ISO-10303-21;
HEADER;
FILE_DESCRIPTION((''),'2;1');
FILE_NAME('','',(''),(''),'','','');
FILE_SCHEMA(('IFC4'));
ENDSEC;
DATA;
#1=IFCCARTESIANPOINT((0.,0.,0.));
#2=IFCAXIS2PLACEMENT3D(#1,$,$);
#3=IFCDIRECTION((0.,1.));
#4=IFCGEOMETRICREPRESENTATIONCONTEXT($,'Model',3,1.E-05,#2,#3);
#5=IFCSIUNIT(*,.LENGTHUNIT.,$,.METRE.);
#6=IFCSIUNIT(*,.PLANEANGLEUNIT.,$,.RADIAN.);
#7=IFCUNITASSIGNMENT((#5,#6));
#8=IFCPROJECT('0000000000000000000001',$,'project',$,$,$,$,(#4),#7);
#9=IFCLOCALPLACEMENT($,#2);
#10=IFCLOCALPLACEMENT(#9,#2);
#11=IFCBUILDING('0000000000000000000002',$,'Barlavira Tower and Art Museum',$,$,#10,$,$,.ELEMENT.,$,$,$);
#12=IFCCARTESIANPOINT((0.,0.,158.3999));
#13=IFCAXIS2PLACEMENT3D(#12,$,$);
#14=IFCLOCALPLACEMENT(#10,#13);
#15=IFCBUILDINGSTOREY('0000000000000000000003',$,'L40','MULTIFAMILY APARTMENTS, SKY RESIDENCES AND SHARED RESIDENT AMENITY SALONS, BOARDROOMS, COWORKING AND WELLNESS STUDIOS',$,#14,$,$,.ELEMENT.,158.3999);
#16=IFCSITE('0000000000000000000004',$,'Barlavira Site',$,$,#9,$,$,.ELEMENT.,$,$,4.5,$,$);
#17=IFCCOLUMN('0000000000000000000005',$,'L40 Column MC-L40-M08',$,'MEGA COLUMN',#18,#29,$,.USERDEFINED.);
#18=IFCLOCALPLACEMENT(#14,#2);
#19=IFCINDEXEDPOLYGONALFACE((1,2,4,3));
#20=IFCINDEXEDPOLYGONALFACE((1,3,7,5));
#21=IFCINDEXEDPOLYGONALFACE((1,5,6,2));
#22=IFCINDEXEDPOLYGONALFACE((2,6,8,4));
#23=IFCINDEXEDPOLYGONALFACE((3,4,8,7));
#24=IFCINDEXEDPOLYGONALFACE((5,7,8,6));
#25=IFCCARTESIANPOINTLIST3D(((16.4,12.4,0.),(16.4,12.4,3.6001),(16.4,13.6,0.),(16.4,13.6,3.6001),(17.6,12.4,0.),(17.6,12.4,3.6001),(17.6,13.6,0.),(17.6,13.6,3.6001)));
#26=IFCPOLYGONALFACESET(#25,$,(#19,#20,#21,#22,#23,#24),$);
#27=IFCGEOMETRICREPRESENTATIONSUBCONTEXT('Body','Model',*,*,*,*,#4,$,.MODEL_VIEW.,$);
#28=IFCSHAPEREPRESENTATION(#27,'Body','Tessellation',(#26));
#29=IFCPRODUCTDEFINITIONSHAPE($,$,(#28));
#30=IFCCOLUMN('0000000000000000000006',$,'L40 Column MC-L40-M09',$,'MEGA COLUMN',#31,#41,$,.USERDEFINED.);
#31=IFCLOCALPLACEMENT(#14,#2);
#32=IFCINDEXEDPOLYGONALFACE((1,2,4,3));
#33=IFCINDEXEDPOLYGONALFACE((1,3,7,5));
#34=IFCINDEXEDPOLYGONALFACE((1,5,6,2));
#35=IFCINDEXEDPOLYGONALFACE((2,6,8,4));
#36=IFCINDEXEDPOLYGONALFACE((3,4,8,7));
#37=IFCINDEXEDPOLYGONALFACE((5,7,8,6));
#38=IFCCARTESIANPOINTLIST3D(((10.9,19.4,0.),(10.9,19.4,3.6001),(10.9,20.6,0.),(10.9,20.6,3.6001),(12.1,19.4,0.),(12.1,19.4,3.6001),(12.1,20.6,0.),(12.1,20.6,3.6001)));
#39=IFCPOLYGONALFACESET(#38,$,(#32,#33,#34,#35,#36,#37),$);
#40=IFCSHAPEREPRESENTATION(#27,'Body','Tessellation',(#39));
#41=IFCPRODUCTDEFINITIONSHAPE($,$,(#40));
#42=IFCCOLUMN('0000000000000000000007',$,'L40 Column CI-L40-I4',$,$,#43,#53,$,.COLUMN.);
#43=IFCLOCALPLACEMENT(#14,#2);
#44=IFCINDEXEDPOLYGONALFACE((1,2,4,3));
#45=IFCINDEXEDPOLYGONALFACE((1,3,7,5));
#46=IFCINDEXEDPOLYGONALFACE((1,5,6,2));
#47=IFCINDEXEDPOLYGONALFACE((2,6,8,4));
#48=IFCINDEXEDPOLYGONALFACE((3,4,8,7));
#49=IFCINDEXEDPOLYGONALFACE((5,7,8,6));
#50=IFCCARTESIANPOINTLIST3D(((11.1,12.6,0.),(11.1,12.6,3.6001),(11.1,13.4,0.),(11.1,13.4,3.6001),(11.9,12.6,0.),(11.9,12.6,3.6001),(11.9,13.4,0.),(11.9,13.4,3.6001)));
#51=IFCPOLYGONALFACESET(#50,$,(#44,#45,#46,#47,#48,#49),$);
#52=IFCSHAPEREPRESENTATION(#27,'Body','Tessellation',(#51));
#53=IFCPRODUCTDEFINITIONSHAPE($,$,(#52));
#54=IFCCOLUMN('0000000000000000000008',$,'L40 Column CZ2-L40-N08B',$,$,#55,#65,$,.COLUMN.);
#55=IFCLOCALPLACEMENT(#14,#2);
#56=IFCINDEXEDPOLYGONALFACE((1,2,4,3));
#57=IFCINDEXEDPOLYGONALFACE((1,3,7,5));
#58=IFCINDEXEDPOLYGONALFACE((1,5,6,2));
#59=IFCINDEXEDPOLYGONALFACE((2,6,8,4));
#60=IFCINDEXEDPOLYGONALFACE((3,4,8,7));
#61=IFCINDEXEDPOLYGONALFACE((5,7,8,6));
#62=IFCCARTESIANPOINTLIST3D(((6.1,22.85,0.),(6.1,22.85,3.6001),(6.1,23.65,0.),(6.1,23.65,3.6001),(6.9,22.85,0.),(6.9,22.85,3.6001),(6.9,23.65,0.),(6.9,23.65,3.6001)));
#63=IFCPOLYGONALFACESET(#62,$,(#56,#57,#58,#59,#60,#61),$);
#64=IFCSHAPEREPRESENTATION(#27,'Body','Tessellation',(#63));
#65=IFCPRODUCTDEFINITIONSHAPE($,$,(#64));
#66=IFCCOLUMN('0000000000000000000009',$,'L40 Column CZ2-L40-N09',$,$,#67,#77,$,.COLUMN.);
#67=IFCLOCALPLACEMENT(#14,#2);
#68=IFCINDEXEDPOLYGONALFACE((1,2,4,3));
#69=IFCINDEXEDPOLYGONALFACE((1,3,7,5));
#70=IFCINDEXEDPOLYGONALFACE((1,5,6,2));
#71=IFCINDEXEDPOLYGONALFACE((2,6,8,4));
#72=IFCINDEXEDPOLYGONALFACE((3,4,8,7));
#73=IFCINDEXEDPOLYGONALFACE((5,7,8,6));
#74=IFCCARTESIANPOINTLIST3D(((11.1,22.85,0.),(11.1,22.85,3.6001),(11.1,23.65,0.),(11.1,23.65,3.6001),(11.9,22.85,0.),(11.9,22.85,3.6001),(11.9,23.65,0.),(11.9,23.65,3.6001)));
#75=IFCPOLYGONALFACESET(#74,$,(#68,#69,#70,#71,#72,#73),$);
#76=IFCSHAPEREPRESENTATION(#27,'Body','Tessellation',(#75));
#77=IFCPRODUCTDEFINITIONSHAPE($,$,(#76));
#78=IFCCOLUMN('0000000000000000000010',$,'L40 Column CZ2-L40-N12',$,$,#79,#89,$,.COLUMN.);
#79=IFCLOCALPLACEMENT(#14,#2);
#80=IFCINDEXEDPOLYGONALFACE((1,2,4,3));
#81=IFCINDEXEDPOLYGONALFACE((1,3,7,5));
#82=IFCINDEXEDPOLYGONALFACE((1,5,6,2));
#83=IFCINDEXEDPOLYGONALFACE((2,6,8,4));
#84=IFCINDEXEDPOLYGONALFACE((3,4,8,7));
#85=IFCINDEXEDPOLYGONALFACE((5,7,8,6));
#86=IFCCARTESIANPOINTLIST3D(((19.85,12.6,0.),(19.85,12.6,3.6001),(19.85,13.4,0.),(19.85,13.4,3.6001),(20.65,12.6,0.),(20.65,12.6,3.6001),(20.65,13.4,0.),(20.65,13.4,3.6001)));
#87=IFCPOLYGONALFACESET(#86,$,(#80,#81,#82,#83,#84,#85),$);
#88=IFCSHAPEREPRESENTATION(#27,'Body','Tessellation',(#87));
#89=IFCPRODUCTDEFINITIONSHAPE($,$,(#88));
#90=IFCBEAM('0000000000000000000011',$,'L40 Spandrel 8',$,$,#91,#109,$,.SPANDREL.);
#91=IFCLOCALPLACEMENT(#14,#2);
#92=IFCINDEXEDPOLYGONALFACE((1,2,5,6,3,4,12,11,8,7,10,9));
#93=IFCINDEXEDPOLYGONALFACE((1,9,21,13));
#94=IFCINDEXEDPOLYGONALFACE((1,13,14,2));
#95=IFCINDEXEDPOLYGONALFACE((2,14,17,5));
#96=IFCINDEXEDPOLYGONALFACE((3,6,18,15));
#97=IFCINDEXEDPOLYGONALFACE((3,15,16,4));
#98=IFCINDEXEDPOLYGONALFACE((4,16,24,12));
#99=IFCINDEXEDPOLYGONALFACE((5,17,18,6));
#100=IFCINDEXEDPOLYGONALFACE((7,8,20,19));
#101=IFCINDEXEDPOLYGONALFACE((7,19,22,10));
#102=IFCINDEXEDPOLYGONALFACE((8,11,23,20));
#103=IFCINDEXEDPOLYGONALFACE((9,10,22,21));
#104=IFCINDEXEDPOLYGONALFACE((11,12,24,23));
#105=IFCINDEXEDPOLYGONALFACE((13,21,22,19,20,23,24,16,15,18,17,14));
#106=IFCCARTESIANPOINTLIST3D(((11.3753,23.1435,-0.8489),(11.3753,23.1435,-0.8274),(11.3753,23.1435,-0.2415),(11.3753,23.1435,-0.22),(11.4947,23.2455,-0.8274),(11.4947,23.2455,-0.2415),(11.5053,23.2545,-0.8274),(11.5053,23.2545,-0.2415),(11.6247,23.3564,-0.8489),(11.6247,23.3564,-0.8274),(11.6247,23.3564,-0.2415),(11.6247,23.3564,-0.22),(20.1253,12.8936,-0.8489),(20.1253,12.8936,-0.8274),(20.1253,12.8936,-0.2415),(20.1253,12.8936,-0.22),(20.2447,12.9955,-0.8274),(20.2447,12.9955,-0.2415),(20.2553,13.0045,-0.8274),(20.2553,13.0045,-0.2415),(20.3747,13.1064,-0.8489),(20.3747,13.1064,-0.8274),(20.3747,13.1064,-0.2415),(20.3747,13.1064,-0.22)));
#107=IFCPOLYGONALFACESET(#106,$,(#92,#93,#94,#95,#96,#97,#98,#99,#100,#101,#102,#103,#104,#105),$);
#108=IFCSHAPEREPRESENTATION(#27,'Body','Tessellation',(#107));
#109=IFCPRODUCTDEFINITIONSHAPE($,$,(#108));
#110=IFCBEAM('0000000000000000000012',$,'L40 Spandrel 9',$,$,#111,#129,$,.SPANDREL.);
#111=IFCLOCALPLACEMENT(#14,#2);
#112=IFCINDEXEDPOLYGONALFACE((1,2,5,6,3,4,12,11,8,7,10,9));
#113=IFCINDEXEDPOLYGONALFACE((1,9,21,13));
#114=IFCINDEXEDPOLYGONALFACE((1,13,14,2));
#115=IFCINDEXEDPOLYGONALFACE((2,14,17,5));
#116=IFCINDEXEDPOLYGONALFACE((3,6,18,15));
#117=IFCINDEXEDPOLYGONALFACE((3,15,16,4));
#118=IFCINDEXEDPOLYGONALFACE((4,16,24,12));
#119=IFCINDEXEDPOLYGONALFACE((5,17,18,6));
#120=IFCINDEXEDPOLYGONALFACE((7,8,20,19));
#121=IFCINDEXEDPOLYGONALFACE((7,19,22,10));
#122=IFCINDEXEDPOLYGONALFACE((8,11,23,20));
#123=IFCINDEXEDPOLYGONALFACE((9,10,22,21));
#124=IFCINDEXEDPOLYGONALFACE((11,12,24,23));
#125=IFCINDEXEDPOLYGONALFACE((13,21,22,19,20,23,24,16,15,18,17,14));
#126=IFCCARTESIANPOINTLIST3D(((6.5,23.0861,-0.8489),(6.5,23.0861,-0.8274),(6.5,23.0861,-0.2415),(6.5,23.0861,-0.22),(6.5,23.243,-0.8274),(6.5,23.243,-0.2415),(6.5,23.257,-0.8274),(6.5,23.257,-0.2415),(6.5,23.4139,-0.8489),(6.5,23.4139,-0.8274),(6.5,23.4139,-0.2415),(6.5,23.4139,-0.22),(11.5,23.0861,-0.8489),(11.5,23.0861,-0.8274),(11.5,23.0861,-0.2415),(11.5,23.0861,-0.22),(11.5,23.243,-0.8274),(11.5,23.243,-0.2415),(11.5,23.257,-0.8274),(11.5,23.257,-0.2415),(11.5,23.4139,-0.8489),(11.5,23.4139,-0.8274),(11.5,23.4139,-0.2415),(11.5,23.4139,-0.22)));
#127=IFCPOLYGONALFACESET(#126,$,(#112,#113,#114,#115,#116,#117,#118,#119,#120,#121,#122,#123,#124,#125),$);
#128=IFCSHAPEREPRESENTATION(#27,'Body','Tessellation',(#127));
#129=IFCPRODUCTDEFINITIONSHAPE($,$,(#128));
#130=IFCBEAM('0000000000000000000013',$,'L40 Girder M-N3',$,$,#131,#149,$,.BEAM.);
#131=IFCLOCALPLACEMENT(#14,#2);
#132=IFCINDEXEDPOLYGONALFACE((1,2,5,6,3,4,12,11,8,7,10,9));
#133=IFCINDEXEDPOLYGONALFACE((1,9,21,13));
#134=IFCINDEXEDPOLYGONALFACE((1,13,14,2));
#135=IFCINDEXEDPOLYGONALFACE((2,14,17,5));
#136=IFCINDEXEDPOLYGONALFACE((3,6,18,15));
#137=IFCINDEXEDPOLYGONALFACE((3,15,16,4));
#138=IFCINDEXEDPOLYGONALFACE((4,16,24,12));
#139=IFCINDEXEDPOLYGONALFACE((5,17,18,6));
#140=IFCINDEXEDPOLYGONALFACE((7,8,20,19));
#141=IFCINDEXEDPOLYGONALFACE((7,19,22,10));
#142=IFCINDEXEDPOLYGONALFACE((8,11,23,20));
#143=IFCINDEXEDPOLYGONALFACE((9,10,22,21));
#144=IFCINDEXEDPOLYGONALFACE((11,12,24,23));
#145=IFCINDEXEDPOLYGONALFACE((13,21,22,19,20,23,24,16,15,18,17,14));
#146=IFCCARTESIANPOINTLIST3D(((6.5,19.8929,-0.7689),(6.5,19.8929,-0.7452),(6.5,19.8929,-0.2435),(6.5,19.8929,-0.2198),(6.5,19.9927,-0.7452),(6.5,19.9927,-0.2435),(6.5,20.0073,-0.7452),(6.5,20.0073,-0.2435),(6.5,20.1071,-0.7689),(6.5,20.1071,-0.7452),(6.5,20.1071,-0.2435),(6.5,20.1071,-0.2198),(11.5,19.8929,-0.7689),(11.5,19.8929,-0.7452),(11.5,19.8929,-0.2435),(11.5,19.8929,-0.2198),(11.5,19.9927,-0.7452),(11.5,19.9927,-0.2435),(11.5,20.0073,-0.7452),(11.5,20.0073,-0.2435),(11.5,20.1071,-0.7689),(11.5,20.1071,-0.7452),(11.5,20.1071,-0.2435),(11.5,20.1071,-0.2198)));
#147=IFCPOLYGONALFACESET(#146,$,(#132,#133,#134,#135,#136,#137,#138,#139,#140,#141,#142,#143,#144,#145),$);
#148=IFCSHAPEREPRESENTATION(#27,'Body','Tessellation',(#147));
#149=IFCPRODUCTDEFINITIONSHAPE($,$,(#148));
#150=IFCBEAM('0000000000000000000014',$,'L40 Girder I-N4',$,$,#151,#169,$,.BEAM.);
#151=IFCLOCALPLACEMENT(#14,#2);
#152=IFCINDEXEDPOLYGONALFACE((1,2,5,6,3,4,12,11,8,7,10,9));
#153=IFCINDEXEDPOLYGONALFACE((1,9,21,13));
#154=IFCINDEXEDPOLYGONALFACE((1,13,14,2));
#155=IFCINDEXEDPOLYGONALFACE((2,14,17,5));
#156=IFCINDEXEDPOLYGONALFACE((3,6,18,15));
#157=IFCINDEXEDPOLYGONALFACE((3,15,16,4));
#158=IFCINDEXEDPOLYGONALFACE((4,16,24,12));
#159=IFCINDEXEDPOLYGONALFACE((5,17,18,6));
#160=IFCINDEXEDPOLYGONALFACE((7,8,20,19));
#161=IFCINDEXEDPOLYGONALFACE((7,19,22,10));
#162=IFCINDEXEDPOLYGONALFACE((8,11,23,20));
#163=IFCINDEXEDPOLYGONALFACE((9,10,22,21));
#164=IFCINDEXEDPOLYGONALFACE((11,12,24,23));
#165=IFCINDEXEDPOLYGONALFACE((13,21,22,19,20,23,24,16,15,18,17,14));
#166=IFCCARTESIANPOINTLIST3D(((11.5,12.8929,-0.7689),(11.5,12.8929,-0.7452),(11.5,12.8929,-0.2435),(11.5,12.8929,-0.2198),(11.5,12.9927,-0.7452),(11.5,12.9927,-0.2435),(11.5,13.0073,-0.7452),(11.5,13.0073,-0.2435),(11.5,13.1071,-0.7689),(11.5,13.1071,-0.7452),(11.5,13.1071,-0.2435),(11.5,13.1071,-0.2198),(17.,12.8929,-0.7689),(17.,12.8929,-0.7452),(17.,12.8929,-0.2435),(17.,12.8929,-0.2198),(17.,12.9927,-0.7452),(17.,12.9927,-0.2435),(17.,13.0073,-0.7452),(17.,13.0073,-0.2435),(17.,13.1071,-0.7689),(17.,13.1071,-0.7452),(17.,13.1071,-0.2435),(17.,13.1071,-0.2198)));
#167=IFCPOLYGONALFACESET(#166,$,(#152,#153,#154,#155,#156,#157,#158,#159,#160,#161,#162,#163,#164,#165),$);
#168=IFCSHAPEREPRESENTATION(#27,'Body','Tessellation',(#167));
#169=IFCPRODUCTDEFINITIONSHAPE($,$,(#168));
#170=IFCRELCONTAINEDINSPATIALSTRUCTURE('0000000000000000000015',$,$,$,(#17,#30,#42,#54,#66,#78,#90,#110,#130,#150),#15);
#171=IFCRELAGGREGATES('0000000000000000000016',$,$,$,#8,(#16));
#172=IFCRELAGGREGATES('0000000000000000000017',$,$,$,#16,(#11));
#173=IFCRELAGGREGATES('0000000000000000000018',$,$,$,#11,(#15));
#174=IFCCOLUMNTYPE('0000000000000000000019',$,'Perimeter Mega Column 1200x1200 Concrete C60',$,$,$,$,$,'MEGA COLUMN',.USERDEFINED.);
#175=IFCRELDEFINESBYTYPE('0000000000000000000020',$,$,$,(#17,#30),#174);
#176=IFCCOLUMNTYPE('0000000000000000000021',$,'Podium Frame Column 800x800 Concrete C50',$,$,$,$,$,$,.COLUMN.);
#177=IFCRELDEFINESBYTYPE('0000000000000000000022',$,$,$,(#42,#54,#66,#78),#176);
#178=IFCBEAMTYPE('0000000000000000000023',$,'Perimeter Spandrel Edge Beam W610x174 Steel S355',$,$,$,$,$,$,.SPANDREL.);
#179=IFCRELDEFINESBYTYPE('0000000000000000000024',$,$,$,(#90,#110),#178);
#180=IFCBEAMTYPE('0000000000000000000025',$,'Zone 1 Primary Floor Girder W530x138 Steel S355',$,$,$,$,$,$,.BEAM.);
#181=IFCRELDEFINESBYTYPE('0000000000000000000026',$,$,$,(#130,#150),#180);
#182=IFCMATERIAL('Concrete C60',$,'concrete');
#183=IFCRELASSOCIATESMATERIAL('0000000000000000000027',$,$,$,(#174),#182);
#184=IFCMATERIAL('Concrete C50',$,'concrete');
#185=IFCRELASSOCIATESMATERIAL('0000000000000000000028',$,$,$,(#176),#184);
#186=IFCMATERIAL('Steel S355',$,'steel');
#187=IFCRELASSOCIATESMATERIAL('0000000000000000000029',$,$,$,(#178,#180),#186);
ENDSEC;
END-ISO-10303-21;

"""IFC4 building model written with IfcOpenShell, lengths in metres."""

from ifc_helpers import new_model, si_unit, direction, frame, origin, origin_2d, place, context, subcontext, project, spatial, rectangle, i_section, extrude, material, material_profile, profile_set, type_object, element, save


model = new_model("IFC4")

# Units and contexts
model_context = context("Model", 3, precision=1e-05, world=origin(), true_north=direction((0.0, 1.0)))
body_context = subcontext(model_context, "Body", "Model", "MODEL_VIEW")
ifc_project = project(units=[si_unit("LENGTHUNIT", "METRE"), si_unit("PLANEANGLEUNIT", "RADIAN")], contexts=[model_context])

# Site, building, storey
site_placement = place(None, origin())
site = spatial("IfcSite", under=ifc_project, at=site_placement, Name="Barlavira Site", CompositionType="ELEMENT", RefElevation=4.5)
building_placement = place(site_placement, origin())
building = spatial("IfcBuilding", under=site, at=building_placement, Name="Barlavira Tower and Art Museum", CompositionType="ELEMENT")
storey_placement = place(building_placement, frame((0.0, 0.0, 158.3999)))
storey = spatial("IfcBuildingStorey", under=building, at=storey_placement, Name="L40", Description="MULTIFAMILY APARTMENTS, SKY RESIDENCES AND SHARED RESIDENT AMENITY SALONS, BOARDROOMS, COWORKING AND WELLNESS STUDIOS", CompositionType="ELEMENT", Elevation=158.3999)

# Columns
ifc_material_1 = material(Name="Concrete C60", Category="concrete")
ifc_material_profile_1 = material_profile(ifc_material_1, rectangle(XDim=1.2, YDim=1.2, at=origin_2d()), Name="RC-COL 1200x1200")
ifc_profile_set_1 = profile_set([ifc_material_profile_1], Name="Concrete C60")
column_type_1 = type_object("IfcColumnType", Name="Perimeter Mega Column 1200x1200 Concrete C60", ElementType="MEGA COLUMN", PredefinedType="USERDEFINED", material=ifc_profile_set_1)
for number, where, z_axis, x_axis, name in (
    (1, (17.0, 13.0, 0.0), (0.0, 0.0, 1.0), (1.0, 0.0, 0.0), "L40 Column MC-L40-M08"),
    (2, (11.5, 20.0, 0.0), (0.0, 0.0, 1.0), (1.0, 0.0, 0.0), "L40 Column MC-L40-M09"),
):
    element("IfcColumn", number, at=place(storey_placement, frame(where, z_axis=z_axis, x_axis=x_axis)), inside=storey, type_object=column_type_1, Name=name, ObjectType="MEGA COLUMN", PredefinedType="USERDEFINED", context=body_context, shape_type="SweptSolid", body=[
        extrude(rectangle(XDim=1.2, YDim=1.2, at=origin_2d()), origin(), (0.0, 0.0, 1.0), 3.6001),
    ])
ifc_material_2 = material(Name="Concrete C50", Category="concrete")
ifc_material_profile_2 = material_profile(ifc_material_2, rectangle(XDim=0.8, YDim=0.8, at=origin_2d()), Name="RC-COL 800x800")
ifc_profile_set_2 = profile_set([ifc_material_profile_2], Name="Concrete C50")
column_type_2 = type_object("IfcColumnType", Name="Podium Frame Column 800x800 Concrete C50", PredefinedType="COLUMN", material=ifc_profile_set_2)
for number, where, z_axis, x_axis, name in (
    (3, (11.5, 13.0, 0.0), (0.0, 0.0, 1.0), (1.0, 0.0, 0.0), "L40 Column CI-L40-I4"),
    (4, (6.5, 23.25, 0.0), (0.0, 0.0, 1.0), (1.0, 0.0, 0.0), "L40 Column CZ2-L40-N08B"),
    (5, (11.5, 23.25, 0.0), (0.0, 0.0, 1.0), (1.0, 0.0, 0.0), "L40 Column CZ2-L40-N09"),
    (6, (20.25, 13.0, 0.0), (0.0, 0.0, 1.0), (1.0, 0.0, 0.0), "L40 Column CZ2-L40-N12"),
):
    element("IfcColumn", number, at=place(storey_placement, frame(where, z_axis=z_axis, x_axis=x_axis)), inside=storey, type_object=column_type_2, Name=name, PredefinedType="COLUMN", context=body_context, shape_type="SweptSolid", body=[
        extrude(rectangle(XDim=0.8, YDim=0.8, at=origin_2d()), origin(), (0.0, 0.0, 1.0), 3.6001),
    ])

# Beams
ifc_material_3 = material(Name="Steel S355", Category="steel")
ifc_material_profile_3 = material_profile(ifc_material_3, i_section(OverallWidth=0.3279, OverallDepth=0.6289, WebThickness=0.0139, FlangeThickness=0.0215, at=origin_2d()), Name="W610x174.0")
ifc_profile_set_3 = profile_set([ifc_material_profile_3], Name="Steel S355")
beam_type_1 = type_object("IfcBeamType", Name="Perimeter Spandrel Edge Beam W610x174 Steel S355", PredefinedType="SPANDREL", material=ifc_profile_set_3)
beam_1_placement = place(storey_placement, frame((20.25, 13.0, -0.5344), z_axis=(-0.649262, 0.760565, 0.0), x_axis=(-0.760565, -0.649262, 0.0)))
element("IfcBeam", 7, at=beam_1_placement, inside=storey, type_object=beam_type_1, Name="L40 Spandrel 8", PredefinedType="SPANDREL", context=body_context, shape_type="SweptSolid", body=[
    extrude(i_section(OverallWidth=0.3279, OverallDepth=0.6289, WebThickness=0.0139, FlangeThickness=0.0215, at=origin_2d()), origin(), (0.0, 0.0, 1.0), 13.4768),
])
beam_2_placement = place(storey_placement, frame((6.5, 23.25, -0.5344), z_axis=(1.0, 0.0, 0.0), x_axis=(0.0, 1.0, 0.0)))
element("IfcBeam", 8, at=beam_2_placement, inside=storey, type_object=beam_type_1, Name="L40 Spandrel 9", PredefinedType="SPANDREL", context=body_context, shape_type="SweptSolid", body=[
    extrude(i_section(OverallWidth=0.3279, OverallDepth=0.6289, WebThickness=0.0139, FlangeThickness=0.0215, at=origin_2d()), origin(), (0.0, 0.0, 1.0), 5.0),
])
ifc_material_profile_4 = material_profile(ifc_material_3, i_section(OverallWidth=0.2141, OverallDepth=0.5491, WebThickness=0.0146, FlangeThickness=0.0237, at=origin_2d()), Name="W530x138.0")
ifc_profile_set_4 = profile_set([ifc_material_profile_4], Name="Steel S355")
beam_type_2 = type_object("IfcBeamType", Name="Zone 1 Primary Floor Girder W530x138 Steel S355", PredefinedType="BEAM", material=ifc_profile_set_4)
beam_3_placement = place(storey_placement, frame((6.5, 20.0, -0.4944), z_axis=(1.0, 0.0, 0.0), x_axis=(0.0, 1.0, 0.0)))
element("IfcBeam", 9, at=beam_3_placement, inside=storey, type_object=beam_type_2, Name="L40 Girder M-N3", PredefinedType="BEAM", context=body_context, shape_type="SweptSolid", body=[
    extrude(i_section(OverallWidth=0.2141, OverallDepth=0.5491, WebThickness=0.0146, FlangeThickness=0.0237, at=origin_2d()), origin(), (0.0, 0.0, 1.0), 5.0),
])
beam_4_placement = place(storey_placement, frame((11.5, 13.0, -0.4944), z_axis=(1.0, 0.0, 0.0), x_axis=(0.0, 1.0, 0.0)))
element("IfcBeam", 10, at=beam_4_placement, inside=storey, type_object=beam_type_2, Name="L40 Girder I-N4", PredefinedType="BEAM", context=body_context, shape_type="SweptSolid", body=[
    extrude(i_section(OverallWidth=0.2141, OverallDepth=0.5491, WebThickness=0.0146, FlangeThickness=0.0237, at=origin_2d()), origin(), (0.0, 0.0, 1.0), 5.5),
])

save(model, "model.ifc")
